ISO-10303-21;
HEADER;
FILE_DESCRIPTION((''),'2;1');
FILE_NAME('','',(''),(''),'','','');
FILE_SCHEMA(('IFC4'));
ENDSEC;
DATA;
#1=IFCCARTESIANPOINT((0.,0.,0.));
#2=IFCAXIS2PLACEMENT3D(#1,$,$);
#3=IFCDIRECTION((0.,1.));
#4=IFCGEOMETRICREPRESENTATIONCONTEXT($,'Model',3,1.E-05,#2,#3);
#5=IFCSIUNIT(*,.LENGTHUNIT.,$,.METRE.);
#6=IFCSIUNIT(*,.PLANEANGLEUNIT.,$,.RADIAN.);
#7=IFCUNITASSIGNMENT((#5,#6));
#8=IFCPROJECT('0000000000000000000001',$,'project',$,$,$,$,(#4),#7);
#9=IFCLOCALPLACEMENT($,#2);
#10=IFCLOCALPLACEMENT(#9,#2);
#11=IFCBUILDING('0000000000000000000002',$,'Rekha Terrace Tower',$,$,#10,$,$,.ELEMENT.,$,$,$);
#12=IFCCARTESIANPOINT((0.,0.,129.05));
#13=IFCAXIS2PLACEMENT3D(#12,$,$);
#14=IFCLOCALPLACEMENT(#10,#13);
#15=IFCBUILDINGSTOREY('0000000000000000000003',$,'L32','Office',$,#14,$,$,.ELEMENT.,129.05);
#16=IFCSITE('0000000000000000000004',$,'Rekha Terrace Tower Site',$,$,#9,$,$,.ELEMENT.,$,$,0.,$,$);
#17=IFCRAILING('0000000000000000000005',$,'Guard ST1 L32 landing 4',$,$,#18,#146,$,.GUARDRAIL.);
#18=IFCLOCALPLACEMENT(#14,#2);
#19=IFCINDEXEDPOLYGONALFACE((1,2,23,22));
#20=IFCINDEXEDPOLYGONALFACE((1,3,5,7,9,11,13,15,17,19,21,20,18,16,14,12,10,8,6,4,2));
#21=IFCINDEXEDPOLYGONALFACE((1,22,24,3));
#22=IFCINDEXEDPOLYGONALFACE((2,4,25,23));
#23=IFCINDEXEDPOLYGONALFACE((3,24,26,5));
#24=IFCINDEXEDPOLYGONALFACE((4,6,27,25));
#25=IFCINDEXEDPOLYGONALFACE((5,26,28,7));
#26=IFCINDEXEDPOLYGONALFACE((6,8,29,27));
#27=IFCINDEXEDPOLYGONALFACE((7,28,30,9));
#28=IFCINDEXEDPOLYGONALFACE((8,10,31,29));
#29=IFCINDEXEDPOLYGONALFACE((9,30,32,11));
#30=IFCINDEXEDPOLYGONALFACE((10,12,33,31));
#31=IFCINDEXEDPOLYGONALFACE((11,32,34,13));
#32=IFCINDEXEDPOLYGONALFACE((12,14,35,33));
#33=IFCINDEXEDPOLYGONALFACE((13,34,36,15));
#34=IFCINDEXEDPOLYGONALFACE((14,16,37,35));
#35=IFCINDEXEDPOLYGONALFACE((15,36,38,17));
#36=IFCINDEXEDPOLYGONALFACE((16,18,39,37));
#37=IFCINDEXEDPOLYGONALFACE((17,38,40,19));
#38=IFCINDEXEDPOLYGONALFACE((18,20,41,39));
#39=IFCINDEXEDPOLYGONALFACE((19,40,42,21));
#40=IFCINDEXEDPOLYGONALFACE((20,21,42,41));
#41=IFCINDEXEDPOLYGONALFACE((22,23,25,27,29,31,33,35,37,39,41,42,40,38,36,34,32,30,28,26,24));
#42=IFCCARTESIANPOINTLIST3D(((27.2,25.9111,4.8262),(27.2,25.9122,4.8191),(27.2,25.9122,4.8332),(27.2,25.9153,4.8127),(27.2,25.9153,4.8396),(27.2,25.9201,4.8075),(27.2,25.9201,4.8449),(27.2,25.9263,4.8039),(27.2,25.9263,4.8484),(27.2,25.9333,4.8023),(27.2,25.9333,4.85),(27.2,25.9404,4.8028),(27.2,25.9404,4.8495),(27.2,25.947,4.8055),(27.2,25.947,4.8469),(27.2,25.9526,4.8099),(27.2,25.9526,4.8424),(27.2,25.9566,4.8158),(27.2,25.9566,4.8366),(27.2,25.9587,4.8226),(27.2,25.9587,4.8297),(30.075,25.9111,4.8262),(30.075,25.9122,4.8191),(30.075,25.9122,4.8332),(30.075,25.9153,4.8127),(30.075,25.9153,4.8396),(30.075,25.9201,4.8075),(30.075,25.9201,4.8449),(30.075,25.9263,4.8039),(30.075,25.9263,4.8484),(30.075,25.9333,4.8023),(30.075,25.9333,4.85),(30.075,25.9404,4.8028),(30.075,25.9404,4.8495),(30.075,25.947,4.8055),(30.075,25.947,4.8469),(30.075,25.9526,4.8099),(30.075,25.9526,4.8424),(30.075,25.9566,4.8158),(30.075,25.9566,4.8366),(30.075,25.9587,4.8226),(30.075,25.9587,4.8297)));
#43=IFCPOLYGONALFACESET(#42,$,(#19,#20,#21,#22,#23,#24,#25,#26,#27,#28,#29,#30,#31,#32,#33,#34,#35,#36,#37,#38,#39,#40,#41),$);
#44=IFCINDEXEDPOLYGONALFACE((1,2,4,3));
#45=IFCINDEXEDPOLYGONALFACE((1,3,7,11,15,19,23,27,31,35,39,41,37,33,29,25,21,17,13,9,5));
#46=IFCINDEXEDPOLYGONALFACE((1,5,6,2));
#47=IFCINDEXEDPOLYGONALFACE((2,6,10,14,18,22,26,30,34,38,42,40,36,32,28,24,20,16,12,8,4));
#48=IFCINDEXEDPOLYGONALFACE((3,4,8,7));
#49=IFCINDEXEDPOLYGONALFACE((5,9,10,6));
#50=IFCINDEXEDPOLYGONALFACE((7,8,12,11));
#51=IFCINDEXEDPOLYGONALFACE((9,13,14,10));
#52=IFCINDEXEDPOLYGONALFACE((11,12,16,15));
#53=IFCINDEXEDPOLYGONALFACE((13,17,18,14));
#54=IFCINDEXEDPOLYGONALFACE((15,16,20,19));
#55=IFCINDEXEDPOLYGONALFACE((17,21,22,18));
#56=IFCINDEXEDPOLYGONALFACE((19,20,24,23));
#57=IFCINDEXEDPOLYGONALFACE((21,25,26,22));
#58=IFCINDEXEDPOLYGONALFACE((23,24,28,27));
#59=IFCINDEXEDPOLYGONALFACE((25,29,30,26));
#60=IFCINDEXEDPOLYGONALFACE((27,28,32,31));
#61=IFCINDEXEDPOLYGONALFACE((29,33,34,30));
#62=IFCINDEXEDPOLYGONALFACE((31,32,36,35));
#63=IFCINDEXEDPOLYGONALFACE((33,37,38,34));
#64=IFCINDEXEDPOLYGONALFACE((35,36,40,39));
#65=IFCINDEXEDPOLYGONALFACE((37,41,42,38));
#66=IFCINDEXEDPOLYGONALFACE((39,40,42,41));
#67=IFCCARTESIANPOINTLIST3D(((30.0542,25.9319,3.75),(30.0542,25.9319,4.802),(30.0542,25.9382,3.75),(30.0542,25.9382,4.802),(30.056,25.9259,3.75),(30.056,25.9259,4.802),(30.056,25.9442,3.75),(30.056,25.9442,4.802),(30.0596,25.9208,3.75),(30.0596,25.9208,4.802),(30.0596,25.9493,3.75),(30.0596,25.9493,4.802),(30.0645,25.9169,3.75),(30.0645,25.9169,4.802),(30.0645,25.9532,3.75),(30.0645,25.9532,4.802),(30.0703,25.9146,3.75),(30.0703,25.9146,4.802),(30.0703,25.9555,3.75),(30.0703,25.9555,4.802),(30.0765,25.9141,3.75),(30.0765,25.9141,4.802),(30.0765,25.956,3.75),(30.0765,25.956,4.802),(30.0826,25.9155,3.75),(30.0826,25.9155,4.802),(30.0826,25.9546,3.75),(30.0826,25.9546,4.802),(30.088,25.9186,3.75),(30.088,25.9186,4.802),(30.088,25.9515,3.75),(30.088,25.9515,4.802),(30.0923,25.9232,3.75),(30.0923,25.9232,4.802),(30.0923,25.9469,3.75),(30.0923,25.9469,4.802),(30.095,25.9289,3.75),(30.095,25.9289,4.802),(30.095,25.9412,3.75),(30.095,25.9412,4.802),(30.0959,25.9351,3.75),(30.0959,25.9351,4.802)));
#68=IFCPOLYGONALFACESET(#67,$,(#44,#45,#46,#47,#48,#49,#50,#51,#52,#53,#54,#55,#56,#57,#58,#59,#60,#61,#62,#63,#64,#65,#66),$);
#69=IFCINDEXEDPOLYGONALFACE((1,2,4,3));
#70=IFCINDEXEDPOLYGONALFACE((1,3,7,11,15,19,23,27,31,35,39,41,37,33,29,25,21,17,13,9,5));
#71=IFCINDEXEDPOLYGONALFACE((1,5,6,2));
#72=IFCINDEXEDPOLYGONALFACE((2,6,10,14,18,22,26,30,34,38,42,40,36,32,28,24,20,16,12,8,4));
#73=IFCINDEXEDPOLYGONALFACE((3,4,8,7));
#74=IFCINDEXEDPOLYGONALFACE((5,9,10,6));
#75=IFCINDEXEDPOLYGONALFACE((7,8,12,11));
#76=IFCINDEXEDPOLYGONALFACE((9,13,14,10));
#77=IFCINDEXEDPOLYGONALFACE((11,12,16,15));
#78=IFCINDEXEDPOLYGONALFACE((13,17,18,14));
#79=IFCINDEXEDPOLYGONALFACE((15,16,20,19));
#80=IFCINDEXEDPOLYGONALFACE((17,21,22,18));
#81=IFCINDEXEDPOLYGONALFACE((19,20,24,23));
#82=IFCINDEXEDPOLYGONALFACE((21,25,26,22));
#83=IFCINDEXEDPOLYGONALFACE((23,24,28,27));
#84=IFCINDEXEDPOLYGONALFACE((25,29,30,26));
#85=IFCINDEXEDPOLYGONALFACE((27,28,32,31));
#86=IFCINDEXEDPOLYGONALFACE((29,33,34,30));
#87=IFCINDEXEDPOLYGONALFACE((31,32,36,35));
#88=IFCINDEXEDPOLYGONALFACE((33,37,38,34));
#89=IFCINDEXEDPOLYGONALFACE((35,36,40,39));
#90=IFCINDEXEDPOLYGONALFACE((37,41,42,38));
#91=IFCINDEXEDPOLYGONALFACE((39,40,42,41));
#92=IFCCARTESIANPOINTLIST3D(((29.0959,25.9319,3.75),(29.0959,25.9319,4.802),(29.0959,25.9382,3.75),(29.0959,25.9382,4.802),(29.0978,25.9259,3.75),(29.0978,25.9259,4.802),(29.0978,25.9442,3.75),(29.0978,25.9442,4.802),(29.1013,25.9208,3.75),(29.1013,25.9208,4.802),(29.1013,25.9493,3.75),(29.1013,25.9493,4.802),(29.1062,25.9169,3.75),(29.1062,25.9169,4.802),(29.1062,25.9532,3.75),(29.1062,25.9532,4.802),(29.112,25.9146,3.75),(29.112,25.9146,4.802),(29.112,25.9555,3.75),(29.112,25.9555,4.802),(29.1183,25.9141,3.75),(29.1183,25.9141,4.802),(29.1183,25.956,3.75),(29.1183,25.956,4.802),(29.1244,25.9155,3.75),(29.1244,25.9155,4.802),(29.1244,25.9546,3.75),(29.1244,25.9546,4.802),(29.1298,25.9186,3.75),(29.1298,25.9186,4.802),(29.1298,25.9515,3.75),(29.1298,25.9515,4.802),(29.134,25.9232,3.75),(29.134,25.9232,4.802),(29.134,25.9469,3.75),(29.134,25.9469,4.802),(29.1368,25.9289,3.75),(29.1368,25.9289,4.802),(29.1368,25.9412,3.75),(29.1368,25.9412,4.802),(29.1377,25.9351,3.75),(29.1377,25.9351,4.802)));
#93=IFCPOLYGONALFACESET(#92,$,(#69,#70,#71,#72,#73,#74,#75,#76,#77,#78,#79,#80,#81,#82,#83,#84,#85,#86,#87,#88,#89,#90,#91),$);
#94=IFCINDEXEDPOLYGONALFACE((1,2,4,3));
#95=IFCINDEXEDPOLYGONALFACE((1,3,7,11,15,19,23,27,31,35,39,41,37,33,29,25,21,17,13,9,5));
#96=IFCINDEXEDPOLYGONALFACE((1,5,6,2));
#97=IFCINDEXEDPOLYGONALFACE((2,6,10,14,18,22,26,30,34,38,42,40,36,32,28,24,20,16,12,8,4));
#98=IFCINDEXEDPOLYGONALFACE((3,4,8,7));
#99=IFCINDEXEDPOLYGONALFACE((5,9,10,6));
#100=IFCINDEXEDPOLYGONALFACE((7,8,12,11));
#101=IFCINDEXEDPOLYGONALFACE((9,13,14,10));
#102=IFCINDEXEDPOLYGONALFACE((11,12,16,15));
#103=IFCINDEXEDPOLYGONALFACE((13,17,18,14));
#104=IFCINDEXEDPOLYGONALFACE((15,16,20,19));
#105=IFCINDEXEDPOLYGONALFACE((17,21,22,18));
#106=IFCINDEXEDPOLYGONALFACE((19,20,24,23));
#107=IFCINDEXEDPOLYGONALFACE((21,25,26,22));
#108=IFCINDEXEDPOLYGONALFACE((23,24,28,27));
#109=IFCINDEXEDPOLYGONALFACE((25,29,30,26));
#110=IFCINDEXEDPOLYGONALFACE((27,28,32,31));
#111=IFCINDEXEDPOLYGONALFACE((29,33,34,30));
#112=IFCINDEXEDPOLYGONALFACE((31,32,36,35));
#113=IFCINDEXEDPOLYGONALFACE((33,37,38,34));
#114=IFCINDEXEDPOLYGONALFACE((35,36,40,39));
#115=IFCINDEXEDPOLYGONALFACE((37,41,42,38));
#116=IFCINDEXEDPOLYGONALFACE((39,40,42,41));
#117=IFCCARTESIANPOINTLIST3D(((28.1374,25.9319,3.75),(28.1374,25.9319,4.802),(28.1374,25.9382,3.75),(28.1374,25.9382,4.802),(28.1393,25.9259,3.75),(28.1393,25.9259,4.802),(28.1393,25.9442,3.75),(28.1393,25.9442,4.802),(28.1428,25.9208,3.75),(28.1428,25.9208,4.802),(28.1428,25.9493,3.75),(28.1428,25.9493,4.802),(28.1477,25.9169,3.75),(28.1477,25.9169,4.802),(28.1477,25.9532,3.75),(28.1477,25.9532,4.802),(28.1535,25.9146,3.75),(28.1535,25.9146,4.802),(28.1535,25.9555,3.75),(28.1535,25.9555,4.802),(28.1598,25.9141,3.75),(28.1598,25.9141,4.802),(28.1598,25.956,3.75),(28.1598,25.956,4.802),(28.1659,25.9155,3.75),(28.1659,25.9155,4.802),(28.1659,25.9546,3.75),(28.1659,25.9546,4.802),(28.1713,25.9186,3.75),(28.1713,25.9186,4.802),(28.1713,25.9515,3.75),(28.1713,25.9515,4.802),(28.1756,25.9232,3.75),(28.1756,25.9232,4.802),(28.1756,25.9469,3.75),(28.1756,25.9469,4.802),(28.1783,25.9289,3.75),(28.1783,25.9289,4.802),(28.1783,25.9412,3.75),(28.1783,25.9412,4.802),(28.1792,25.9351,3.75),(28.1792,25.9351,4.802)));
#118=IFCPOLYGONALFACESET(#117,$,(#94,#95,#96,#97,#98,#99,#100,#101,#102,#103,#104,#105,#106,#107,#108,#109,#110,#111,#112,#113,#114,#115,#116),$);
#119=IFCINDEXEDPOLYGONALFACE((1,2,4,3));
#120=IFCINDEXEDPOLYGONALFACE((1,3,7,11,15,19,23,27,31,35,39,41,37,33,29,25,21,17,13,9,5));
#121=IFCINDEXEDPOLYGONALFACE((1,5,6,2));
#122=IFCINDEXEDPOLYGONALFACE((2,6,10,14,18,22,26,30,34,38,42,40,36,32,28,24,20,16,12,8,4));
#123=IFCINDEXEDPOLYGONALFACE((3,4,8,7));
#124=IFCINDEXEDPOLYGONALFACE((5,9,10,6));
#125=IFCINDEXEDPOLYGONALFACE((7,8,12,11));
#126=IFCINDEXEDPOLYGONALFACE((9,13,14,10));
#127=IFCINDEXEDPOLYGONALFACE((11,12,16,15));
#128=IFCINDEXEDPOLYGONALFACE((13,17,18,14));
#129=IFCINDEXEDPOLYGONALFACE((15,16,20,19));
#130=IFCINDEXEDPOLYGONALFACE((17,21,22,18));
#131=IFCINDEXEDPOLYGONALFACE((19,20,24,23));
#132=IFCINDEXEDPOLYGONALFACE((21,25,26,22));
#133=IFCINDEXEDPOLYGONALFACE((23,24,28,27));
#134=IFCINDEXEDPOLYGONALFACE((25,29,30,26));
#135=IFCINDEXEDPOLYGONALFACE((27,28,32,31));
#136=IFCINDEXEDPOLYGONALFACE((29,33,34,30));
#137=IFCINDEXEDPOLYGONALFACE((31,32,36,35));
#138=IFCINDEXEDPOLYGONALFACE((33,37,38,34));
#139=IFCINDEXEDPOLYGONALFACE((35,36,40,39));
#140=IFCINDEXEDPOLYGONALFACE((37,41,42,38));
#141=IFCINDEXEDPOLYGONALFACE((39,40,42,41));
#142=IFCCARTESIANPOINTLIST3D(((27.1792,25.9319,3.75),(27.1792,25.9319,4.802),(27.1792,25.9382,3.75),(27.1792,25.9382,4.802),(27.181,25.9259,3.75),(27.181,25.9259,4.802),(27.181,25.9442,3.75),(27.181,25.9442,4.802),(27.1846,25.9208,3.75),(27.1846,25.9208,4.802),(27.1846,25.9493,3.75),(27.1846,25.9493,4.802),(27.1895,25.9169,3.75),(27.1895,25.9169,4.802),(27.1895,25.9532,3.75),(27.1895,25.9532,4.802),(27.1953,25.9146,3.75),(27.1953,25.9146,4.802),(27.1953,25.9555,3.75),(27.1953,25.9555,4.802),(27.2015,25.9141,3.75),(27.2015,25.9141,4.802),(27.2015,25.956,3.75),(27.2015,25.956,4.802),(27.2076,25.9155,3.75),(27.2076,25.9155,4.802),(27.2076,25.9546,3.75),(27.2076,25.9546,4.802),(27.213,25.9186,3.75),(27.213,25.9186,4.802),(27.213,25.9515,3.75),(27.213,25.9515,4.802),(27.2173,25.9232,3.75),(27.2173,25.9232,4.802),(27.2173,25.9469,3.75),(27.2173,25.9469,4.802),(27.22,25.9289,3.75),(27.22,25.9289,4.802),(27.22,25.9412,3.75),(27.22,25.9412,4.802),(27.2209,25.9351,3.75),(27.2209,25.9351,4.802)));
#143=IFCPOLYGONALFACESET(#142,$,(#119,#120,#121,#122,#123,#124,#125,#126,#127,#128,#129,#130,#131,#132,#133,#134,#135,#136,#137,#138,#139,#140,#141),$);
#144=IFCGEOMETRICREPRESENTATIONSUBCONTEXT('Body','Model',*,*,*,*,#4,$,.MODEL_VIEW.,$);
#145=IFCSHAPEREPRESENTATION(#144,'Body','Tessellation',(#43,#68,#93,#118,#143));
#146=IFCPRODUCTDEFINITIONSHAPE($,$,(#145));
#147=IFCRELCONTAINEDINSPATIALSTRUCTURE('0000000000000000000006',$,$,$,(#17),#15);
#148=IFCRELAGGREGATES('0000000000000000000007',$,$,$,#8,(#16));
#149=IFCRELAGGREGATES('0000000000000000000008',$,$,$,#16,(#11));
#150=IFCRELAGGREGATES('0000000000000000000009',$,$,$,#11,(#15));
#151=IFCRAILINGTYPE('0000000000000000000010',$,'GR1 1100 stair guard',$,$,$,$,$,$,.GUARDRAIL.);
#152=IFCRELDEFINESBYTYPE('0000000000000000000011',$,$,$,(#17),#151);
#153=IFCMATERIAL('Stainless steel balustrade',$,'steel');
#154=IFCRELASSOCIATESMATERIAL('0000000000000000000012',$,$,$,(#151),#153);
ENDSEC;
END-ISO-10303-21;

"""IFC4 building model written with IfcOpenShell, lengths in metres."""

from ifc_helpers import new_model, si_unit, direction, frame, origin, origin_2d, place, context, subcontext, project, spatial, circle, extrude, material, type_object, element, save


model = new_model("IFC4")

# Units and contexts
model_context = context("Model", 3, precision=1e-05, world=origin(), true_north=direction((0.0, 1.0)))
body_context = subcontext(model_context, "Body", "Model", "MODEL_VIEW")
ifc_project = project(units=[si_unit("LENGTHUNIT", "METRE"), si_unit("PLANEANGLEUNIT", "RADIAN")], contexts=[model_context])

# Site, building, storey
site_placement = place(None, origin())
site = spatial("IfcSite", under=ifc_project, at=site_placement, Name="Rekha Terrace Tower Site", CompositionType="ELEMENT", RefElevation=0.0)
building_placement = place(site_placement, origin())
building = spatial("IfcBuilding", under=site, at=building_placement, Name="Rekha Terrace Tower", CompositionType="ELEMENT")
storey_placement = place(building_placement, frame((0.0, 0.0, 129.05)))
storey = spatial("IfcBuildingStorey", under=building, at=storey_placement, Name="L32", Description="Office", CompositionType="ELEMENT", Elevation=129.05)

# Railing
ifc_material_1 = material(Name="Stainless steel balustrade", Category="steel")
railing_type_1 = type_object("IfcRailingType", Name="GR1 1100 stair guard", PredefinedType="GUARDRAIL", material=ifc_material_1)
railing_1_placement = place(storey_placement, frame((30.075, 25.9351, 3.75)))
element("IfcRailing", 1, at=railing_1_placement, inside=storey, type_object=railing_type_1, Name="Guard ST1 L32 landing 4", PredefinedType="GUARDRAIL", context=body_context, shape_type="SweptSolid", body=[
    extrude(circle(Radius=0.0239, at=origin_2d()), frame((0.0, 0.0, 1.0762), z_axis=(-1.0, 0.0, 0.0), x_axis=(0.0, -1.0, 0.0)), (0.0, 0.0, 1.0), 2.875),
    extrude(circle(Radius=0.021, at=origin_2d()), origin(), (0.0, 0.0, 1.0), 1.052),
    extrude(circle(Radius=0.021, at=origin_2d()), frame((-0.9583, 0.0, 0.0)), (0.0, 0.0, 1.0), 1.052),
    extrude(circle(Radius=0.021, at=origin_2d()), frame((-1.9167, 0.0, 0.0)), (0.0, 0.0, 1.0), 1.052),
    extrude(circle(Radius=0.021, at=origin_2d()), frame((-2.875, 0.0, 0.0)), (0.0, 0.0, 1.0), 1.052),
])

save(model, "model.ifc")
